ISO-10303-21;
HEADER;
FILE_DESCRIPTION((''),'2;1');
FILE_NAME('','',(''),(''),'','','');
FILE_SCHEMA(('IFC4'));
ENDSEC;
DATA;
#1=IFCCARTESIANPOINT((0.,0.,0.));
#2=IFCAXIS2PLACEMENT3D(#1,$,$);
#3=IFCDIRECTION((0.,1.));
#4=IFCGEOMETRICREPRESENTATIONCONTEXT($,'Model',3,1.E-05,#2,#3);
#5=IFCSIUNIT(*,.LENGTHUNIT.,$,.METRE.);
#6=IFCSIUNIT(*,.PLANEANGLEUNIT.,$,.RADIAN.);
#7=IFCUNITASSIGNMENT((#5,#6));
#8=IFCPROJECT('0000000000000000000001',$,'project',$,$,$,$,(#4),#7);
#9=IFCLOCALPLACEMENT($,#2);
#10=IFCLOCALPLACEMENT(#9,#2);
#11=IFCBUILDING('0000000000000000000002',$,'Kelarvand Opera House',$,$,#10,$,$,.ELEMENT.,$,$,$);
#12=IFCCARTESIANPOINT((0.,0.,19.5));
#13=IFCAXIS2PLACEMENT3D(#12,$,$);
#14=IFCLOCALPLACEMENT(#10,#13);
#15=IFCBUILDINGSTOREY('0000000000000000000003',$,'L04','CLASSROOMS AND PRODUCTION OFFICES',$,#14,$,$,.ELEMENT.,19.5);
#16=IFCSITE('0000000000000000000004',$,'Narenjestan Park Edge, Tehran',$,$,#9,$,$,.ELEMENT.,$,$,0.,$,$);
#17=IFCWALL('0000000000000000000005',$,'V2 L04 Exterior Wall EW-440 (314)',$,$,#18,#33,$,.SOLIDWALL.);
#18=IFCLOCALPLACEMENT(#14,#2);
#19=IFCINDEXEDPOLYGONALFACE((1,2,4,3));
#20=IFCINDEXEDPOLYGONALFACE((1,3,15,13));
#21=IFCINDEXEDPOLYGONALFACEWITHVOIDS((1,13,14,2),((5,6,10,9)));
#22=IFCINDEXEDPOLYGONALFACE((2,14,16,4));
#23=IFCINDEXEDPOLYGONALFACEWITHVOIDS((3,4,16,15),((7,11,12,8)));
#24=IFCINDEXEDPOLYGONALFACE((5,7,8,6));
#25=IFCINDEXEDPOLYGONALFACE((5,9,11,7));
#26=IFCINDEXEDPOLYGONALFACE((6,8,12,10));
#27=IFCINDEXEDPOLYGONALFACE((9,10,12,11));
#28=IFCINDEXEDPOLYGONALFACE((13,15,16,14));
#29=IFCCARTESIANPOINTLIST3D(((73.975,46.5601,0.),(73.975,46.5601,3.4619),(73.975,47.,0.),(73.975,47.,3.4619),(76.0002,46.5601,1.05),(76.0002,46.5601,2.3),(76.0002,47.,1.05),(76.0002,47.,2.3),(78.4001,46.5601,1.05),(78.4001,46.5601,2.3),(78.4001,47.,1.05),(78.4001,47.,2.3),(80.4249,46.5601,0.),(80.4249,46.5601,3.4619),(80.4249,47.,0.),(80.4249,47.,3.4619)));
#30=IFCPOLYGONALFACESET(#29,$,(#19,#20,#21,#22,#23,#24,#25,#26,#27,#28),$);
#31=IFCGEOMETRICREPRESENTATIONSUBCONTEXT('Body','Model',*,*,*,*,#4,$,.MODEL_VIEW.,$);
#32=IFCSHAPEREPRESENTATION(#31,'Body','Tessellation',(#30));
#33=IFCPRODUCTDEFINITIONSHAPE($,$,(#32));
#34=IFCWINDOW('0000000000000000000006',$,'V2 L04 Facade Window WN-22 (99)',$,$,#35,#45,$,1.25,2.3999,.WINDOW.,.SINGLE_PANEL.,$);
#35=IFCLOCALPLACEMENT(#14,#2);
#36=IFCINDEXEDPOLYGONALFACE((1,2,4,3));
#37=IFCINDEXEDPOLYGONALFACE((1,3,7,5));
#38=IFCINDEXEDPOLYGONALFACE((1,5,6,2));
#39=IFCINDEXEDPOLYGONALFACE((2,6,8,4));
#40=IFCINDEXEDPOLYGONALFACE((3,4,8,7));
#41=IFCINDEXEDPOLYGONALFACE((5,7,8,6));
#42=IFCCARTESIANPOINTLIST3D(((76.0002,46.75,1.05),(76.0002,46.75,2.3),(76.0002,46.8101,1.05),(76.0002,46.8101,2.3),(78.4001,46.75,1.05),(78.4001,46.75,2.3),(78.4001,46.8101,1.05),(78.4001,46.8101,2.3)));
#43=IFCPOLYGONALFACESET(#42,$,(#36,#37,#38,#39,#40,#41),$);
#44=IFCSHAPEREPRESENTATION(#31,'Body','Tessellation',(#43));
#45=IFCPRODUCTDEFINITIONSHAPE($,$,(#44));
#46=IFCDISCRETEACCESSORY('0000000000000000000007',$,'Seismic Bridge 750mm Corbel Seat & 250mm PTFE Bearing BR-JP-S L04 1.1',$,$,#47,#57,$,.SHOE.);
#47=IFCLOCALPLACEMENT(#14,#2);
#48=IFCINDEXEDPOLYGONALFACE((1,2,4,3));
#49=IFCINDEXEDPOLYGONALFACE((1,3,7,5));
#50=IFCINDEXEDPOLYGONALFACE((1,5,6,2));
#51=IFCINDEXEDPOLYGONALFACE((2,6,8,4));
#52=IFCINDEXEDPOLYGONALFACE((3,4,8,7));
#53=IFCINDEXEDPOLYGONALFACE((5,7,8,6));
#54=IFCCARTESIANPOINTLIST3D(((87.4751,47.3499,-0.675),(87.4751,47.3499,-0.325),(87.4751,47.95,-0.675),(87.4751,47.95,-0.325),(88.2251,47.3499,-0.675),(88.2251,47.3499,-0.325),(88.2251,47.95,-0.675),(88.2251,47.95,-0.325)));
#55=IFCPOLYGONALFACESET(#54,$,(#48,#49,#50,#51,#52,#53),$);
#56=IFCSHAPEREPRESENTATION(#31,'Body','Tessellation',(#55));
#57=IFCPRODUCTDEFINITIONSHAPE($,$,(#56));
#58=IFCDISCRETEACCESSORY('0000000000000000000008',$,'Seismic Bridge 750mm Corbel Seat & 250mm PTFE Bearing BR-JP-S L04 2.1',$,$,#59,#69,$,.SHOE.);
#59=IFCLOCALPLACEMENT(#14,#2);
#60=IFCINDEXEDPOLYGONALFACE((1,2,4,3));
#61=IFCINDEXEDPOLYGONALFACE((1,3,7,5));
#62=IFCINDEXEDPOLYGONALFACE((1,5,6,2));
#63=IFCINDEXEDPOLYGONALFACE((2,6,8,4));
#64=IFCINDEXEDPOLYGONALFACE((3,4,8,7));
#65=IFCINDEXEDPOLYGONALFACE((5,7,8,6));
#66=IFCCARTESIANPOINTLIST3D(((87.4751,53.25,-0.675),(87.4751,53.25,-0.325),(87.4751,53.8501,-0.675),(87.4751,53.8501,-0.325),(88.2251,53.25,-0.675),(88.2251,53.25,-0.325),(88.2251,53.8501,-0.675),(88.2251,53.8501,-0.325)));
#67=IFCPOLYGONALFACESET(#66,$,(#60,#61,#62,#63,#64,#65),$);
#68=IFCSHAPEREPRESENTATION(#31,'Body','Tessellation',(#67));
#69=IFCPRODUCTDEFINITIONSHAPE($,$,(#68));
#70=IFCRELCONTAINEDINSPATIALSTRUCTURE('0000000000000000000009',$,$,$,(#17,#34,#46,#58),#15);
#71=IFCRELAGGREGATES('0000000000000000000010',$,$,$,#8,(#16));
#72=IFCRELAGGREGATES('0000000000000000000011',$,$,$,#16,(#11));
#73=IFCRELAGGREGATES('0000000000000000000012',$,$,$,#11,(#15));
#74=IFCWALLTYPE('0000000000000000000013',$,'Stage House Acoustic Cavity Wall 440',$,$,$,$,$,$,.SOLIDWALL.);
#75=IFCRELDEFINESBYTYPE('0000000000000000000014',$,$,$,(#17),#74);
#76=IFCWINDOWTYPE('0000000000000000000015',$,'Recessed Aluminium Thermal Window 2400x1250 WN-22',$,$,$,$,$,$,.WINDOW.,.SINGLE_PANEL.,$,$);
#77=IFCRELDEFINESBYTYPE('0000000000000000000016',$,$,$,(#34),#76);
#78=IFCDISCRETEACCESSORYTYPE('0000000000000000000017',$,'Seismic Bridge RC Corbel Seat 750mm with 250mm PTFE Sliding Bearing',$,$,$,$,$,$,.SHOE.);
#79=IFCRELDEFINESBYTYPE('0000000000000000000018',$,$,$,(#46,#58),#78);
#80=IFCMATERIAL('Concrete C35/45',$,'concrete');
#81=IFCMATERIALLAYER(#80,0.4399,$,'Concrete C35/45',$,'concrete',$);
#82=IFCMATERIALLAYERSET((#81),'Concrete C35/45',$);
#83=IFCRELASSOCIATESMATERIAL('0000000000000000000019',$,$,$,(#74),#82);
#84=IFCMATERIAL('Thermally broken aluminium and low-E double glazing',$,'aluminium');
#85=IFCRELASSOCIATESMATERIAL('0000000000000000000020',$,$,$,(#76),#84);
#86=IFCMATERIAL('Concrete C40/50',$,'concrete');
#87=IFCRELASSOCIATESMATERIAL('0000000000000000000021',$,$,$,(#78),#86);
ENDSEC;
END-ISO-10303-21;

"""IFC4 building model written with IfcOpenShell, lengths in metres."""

from ifc_helpers import new_model, si_unit, direction, frame, frame_2d, origin, origin_2d, place, context, subcontext, project, spatial, rectangle, extrude, material, layer, layer_set, type_object, element, fill, save


model = new_model("IFC4")

# Units and contexts
model_context = context("Model", 3, precision=1e-05, world=origin(), true_north=direction((0.0, 1.0)))
body_context = subcontext(model_context, "Body", "Model", "MODEL_VIEW")
ifc_project = project(units=[si_unit("LENGTHUNIT", "METRE"), si_unit("PLANEANGLEUNIT", "RADIAN")], contexts=[model_context])

# Site, building, storey
site_placement = place(None, origin())
site = spatial("IfcSite", under=ifc_project, at=site_placement, Name="Narenjestan Park Edge, Tehran", CompositionType="ELEMENT", RefElevation=0.0)
building_placement = place(site_placement, origin())
building = spatial("IfcBuilding", under=site, at=building_placement, Name="Kelarvand Opera House", CompositionType="ELEMENT")
storey_placement = place(building_placement, frame((0.0, 0.0, 19.5)))
storey = spatial("IfcBuildingStorey", under=building, at=storey_placement, Name="L04", Description="CLASSROOMS AND PRODUCTION OFFICES", CompositionType="ELEMENT", Elevation=19.5)

# Shared definitions
ifc_material_1 = material(Name="Concrete C40/50", Category="concrete")

# Shared definitions
ifc_material_2 = material(Name="Concrete C35/45", Category="concrete")

# Shared definitions
ifc_layer_1 = layer(ifc_material_2, 0.4399, Name="Concrete C35/45", Category="concrete")
ifc_layer_set_1 = layer_set([ifc_layer_1], Name="Concrete C35/45")
wall_type_1 = type_object("IfcWallType", Name="Stage House Acoustic Cavity Wall 440", PredefinedType="SOLIDWALL", material=ifc_layer_set_1)

# Wall, opening, window
wall_1_placement = place(storey_placement, frame((80.425, 46.78, 0.0), z_axis=(0.0, 0.0, 1.0), x_axis=(-1.0, 0.0, 0.0)))
wall_1 = element("IfcWall", 1, at=wall_1_placement, inside=storey, type_object=wall_type_1, Name="V2 L04 Exterior Wall EW-440 (314)", PredefinedType="SOLIDWALL", context=body_context, shape_type="SweptSolid", body=[
    extrude(rectangle(XDim=6.45, YDim=0.4399, at=frame_2d((3.2251, 0.0))), origin(), (0.0, 0.0, 1.0), 3.4619),
])
opening_1_placement = place(wall_1_placement, frame((2.0249, 0.0, 1.05)))
opening_1 = element("IfcOpeningElement", 2, at=opening_1_placement, cuts=wall_1, PredefinedType="OPENING", context=body_context, shape_type="SweptSolid", body=[
    extrude(rectangle(XDim=2.3999, YDim=1.25, at=frame_2d((1.2, 0.625))), frame((0.0, 0.23, 0.0), z_axis=(0.0, -1.0, 0.0), x_axis=(1.0, 0.0, 0.0)), (0.0, 0.0, 1.0), 0.46),
])
ifc_material_3 = material(Name="Thermally broken aluminium and low-E double glazing", Category="aluminium")
window_type = type_object("IfcWindowType", Name="Recessed Aluminium Thermal Window 2400x1250 WN-22", PartitioningType="SINGLE_PANEL", PredefinedType="WINDOW", material=ifc_material_3)
window_placement = place(opening_1_placement, origin())
window = element("IfcWindow", 3, at=window_placement, inside=storey, type_object=window_type, Name="V2 L04 Facade Window WN-22 (99)", OverallHeight=1.25, OverallWidth=2.3999, PartitioningType="SINGLE_PANEL", PredefinedType="WINDOW", context=body_context, shape_type="SweptSolid", body=[
    extrude(rectangle(XDim=2.3999, YDim=1.25, at=frame_2d((1.2, 0.625))), frame((0.0, 0.03, 0.0), z_axis=(0.0, -1.0, 0.0), x_axis=(1.0, 0.0, 0.0)), (0.0, 0.0, 1.0), 0.0601),
])
fill(opening_1, window)

# Discrete accessories
discrete_accessory_type = type_object("IfcDiscreteAccessoryType", Name="Seismic Bridge RC Corbel Seat 750mm with 250mm PTFE Sliding Bearing", PredefinedType="SHOE", material=ifc_material_1)
for number, where, z_axis, x_axis, name in (
    (4, (87.8501, 47.6499, -0.675), (0.0, 0.0, 1.0), (1.0, 0.0, 0.0), "Seismic Bridge 750mm Corbel Seat & 250mm PTFE Bearing BR-JP-S L04 1.1"),
    (5, (87.8501, 53.55, -0.675), (0.0, 0.0, 1.0), (1.0, 0.0, 0.0), "Seismic Bridge 750mm Corbel Seat & 250mm PTFE Bearing BR-JP-S L04 2.1"),
):
    element("IfcDiscreteAccessory", number, at=place(storey_placement, frame(where, z_axis=z_axis, x_axis=x_axis)), inside=storey, type_object=discrete_accessory_type, Name=name, PredefinedType="SHOE", context=body_context, shape_type="SweptSolid", body=[
        extrude(rectangle(XDim=0.75, YDim=0.6001, at=origin_2d()), origin(), (0.0, 0.0, 1.0), 0.3501),
    ])

save(model, "model.ifc")
